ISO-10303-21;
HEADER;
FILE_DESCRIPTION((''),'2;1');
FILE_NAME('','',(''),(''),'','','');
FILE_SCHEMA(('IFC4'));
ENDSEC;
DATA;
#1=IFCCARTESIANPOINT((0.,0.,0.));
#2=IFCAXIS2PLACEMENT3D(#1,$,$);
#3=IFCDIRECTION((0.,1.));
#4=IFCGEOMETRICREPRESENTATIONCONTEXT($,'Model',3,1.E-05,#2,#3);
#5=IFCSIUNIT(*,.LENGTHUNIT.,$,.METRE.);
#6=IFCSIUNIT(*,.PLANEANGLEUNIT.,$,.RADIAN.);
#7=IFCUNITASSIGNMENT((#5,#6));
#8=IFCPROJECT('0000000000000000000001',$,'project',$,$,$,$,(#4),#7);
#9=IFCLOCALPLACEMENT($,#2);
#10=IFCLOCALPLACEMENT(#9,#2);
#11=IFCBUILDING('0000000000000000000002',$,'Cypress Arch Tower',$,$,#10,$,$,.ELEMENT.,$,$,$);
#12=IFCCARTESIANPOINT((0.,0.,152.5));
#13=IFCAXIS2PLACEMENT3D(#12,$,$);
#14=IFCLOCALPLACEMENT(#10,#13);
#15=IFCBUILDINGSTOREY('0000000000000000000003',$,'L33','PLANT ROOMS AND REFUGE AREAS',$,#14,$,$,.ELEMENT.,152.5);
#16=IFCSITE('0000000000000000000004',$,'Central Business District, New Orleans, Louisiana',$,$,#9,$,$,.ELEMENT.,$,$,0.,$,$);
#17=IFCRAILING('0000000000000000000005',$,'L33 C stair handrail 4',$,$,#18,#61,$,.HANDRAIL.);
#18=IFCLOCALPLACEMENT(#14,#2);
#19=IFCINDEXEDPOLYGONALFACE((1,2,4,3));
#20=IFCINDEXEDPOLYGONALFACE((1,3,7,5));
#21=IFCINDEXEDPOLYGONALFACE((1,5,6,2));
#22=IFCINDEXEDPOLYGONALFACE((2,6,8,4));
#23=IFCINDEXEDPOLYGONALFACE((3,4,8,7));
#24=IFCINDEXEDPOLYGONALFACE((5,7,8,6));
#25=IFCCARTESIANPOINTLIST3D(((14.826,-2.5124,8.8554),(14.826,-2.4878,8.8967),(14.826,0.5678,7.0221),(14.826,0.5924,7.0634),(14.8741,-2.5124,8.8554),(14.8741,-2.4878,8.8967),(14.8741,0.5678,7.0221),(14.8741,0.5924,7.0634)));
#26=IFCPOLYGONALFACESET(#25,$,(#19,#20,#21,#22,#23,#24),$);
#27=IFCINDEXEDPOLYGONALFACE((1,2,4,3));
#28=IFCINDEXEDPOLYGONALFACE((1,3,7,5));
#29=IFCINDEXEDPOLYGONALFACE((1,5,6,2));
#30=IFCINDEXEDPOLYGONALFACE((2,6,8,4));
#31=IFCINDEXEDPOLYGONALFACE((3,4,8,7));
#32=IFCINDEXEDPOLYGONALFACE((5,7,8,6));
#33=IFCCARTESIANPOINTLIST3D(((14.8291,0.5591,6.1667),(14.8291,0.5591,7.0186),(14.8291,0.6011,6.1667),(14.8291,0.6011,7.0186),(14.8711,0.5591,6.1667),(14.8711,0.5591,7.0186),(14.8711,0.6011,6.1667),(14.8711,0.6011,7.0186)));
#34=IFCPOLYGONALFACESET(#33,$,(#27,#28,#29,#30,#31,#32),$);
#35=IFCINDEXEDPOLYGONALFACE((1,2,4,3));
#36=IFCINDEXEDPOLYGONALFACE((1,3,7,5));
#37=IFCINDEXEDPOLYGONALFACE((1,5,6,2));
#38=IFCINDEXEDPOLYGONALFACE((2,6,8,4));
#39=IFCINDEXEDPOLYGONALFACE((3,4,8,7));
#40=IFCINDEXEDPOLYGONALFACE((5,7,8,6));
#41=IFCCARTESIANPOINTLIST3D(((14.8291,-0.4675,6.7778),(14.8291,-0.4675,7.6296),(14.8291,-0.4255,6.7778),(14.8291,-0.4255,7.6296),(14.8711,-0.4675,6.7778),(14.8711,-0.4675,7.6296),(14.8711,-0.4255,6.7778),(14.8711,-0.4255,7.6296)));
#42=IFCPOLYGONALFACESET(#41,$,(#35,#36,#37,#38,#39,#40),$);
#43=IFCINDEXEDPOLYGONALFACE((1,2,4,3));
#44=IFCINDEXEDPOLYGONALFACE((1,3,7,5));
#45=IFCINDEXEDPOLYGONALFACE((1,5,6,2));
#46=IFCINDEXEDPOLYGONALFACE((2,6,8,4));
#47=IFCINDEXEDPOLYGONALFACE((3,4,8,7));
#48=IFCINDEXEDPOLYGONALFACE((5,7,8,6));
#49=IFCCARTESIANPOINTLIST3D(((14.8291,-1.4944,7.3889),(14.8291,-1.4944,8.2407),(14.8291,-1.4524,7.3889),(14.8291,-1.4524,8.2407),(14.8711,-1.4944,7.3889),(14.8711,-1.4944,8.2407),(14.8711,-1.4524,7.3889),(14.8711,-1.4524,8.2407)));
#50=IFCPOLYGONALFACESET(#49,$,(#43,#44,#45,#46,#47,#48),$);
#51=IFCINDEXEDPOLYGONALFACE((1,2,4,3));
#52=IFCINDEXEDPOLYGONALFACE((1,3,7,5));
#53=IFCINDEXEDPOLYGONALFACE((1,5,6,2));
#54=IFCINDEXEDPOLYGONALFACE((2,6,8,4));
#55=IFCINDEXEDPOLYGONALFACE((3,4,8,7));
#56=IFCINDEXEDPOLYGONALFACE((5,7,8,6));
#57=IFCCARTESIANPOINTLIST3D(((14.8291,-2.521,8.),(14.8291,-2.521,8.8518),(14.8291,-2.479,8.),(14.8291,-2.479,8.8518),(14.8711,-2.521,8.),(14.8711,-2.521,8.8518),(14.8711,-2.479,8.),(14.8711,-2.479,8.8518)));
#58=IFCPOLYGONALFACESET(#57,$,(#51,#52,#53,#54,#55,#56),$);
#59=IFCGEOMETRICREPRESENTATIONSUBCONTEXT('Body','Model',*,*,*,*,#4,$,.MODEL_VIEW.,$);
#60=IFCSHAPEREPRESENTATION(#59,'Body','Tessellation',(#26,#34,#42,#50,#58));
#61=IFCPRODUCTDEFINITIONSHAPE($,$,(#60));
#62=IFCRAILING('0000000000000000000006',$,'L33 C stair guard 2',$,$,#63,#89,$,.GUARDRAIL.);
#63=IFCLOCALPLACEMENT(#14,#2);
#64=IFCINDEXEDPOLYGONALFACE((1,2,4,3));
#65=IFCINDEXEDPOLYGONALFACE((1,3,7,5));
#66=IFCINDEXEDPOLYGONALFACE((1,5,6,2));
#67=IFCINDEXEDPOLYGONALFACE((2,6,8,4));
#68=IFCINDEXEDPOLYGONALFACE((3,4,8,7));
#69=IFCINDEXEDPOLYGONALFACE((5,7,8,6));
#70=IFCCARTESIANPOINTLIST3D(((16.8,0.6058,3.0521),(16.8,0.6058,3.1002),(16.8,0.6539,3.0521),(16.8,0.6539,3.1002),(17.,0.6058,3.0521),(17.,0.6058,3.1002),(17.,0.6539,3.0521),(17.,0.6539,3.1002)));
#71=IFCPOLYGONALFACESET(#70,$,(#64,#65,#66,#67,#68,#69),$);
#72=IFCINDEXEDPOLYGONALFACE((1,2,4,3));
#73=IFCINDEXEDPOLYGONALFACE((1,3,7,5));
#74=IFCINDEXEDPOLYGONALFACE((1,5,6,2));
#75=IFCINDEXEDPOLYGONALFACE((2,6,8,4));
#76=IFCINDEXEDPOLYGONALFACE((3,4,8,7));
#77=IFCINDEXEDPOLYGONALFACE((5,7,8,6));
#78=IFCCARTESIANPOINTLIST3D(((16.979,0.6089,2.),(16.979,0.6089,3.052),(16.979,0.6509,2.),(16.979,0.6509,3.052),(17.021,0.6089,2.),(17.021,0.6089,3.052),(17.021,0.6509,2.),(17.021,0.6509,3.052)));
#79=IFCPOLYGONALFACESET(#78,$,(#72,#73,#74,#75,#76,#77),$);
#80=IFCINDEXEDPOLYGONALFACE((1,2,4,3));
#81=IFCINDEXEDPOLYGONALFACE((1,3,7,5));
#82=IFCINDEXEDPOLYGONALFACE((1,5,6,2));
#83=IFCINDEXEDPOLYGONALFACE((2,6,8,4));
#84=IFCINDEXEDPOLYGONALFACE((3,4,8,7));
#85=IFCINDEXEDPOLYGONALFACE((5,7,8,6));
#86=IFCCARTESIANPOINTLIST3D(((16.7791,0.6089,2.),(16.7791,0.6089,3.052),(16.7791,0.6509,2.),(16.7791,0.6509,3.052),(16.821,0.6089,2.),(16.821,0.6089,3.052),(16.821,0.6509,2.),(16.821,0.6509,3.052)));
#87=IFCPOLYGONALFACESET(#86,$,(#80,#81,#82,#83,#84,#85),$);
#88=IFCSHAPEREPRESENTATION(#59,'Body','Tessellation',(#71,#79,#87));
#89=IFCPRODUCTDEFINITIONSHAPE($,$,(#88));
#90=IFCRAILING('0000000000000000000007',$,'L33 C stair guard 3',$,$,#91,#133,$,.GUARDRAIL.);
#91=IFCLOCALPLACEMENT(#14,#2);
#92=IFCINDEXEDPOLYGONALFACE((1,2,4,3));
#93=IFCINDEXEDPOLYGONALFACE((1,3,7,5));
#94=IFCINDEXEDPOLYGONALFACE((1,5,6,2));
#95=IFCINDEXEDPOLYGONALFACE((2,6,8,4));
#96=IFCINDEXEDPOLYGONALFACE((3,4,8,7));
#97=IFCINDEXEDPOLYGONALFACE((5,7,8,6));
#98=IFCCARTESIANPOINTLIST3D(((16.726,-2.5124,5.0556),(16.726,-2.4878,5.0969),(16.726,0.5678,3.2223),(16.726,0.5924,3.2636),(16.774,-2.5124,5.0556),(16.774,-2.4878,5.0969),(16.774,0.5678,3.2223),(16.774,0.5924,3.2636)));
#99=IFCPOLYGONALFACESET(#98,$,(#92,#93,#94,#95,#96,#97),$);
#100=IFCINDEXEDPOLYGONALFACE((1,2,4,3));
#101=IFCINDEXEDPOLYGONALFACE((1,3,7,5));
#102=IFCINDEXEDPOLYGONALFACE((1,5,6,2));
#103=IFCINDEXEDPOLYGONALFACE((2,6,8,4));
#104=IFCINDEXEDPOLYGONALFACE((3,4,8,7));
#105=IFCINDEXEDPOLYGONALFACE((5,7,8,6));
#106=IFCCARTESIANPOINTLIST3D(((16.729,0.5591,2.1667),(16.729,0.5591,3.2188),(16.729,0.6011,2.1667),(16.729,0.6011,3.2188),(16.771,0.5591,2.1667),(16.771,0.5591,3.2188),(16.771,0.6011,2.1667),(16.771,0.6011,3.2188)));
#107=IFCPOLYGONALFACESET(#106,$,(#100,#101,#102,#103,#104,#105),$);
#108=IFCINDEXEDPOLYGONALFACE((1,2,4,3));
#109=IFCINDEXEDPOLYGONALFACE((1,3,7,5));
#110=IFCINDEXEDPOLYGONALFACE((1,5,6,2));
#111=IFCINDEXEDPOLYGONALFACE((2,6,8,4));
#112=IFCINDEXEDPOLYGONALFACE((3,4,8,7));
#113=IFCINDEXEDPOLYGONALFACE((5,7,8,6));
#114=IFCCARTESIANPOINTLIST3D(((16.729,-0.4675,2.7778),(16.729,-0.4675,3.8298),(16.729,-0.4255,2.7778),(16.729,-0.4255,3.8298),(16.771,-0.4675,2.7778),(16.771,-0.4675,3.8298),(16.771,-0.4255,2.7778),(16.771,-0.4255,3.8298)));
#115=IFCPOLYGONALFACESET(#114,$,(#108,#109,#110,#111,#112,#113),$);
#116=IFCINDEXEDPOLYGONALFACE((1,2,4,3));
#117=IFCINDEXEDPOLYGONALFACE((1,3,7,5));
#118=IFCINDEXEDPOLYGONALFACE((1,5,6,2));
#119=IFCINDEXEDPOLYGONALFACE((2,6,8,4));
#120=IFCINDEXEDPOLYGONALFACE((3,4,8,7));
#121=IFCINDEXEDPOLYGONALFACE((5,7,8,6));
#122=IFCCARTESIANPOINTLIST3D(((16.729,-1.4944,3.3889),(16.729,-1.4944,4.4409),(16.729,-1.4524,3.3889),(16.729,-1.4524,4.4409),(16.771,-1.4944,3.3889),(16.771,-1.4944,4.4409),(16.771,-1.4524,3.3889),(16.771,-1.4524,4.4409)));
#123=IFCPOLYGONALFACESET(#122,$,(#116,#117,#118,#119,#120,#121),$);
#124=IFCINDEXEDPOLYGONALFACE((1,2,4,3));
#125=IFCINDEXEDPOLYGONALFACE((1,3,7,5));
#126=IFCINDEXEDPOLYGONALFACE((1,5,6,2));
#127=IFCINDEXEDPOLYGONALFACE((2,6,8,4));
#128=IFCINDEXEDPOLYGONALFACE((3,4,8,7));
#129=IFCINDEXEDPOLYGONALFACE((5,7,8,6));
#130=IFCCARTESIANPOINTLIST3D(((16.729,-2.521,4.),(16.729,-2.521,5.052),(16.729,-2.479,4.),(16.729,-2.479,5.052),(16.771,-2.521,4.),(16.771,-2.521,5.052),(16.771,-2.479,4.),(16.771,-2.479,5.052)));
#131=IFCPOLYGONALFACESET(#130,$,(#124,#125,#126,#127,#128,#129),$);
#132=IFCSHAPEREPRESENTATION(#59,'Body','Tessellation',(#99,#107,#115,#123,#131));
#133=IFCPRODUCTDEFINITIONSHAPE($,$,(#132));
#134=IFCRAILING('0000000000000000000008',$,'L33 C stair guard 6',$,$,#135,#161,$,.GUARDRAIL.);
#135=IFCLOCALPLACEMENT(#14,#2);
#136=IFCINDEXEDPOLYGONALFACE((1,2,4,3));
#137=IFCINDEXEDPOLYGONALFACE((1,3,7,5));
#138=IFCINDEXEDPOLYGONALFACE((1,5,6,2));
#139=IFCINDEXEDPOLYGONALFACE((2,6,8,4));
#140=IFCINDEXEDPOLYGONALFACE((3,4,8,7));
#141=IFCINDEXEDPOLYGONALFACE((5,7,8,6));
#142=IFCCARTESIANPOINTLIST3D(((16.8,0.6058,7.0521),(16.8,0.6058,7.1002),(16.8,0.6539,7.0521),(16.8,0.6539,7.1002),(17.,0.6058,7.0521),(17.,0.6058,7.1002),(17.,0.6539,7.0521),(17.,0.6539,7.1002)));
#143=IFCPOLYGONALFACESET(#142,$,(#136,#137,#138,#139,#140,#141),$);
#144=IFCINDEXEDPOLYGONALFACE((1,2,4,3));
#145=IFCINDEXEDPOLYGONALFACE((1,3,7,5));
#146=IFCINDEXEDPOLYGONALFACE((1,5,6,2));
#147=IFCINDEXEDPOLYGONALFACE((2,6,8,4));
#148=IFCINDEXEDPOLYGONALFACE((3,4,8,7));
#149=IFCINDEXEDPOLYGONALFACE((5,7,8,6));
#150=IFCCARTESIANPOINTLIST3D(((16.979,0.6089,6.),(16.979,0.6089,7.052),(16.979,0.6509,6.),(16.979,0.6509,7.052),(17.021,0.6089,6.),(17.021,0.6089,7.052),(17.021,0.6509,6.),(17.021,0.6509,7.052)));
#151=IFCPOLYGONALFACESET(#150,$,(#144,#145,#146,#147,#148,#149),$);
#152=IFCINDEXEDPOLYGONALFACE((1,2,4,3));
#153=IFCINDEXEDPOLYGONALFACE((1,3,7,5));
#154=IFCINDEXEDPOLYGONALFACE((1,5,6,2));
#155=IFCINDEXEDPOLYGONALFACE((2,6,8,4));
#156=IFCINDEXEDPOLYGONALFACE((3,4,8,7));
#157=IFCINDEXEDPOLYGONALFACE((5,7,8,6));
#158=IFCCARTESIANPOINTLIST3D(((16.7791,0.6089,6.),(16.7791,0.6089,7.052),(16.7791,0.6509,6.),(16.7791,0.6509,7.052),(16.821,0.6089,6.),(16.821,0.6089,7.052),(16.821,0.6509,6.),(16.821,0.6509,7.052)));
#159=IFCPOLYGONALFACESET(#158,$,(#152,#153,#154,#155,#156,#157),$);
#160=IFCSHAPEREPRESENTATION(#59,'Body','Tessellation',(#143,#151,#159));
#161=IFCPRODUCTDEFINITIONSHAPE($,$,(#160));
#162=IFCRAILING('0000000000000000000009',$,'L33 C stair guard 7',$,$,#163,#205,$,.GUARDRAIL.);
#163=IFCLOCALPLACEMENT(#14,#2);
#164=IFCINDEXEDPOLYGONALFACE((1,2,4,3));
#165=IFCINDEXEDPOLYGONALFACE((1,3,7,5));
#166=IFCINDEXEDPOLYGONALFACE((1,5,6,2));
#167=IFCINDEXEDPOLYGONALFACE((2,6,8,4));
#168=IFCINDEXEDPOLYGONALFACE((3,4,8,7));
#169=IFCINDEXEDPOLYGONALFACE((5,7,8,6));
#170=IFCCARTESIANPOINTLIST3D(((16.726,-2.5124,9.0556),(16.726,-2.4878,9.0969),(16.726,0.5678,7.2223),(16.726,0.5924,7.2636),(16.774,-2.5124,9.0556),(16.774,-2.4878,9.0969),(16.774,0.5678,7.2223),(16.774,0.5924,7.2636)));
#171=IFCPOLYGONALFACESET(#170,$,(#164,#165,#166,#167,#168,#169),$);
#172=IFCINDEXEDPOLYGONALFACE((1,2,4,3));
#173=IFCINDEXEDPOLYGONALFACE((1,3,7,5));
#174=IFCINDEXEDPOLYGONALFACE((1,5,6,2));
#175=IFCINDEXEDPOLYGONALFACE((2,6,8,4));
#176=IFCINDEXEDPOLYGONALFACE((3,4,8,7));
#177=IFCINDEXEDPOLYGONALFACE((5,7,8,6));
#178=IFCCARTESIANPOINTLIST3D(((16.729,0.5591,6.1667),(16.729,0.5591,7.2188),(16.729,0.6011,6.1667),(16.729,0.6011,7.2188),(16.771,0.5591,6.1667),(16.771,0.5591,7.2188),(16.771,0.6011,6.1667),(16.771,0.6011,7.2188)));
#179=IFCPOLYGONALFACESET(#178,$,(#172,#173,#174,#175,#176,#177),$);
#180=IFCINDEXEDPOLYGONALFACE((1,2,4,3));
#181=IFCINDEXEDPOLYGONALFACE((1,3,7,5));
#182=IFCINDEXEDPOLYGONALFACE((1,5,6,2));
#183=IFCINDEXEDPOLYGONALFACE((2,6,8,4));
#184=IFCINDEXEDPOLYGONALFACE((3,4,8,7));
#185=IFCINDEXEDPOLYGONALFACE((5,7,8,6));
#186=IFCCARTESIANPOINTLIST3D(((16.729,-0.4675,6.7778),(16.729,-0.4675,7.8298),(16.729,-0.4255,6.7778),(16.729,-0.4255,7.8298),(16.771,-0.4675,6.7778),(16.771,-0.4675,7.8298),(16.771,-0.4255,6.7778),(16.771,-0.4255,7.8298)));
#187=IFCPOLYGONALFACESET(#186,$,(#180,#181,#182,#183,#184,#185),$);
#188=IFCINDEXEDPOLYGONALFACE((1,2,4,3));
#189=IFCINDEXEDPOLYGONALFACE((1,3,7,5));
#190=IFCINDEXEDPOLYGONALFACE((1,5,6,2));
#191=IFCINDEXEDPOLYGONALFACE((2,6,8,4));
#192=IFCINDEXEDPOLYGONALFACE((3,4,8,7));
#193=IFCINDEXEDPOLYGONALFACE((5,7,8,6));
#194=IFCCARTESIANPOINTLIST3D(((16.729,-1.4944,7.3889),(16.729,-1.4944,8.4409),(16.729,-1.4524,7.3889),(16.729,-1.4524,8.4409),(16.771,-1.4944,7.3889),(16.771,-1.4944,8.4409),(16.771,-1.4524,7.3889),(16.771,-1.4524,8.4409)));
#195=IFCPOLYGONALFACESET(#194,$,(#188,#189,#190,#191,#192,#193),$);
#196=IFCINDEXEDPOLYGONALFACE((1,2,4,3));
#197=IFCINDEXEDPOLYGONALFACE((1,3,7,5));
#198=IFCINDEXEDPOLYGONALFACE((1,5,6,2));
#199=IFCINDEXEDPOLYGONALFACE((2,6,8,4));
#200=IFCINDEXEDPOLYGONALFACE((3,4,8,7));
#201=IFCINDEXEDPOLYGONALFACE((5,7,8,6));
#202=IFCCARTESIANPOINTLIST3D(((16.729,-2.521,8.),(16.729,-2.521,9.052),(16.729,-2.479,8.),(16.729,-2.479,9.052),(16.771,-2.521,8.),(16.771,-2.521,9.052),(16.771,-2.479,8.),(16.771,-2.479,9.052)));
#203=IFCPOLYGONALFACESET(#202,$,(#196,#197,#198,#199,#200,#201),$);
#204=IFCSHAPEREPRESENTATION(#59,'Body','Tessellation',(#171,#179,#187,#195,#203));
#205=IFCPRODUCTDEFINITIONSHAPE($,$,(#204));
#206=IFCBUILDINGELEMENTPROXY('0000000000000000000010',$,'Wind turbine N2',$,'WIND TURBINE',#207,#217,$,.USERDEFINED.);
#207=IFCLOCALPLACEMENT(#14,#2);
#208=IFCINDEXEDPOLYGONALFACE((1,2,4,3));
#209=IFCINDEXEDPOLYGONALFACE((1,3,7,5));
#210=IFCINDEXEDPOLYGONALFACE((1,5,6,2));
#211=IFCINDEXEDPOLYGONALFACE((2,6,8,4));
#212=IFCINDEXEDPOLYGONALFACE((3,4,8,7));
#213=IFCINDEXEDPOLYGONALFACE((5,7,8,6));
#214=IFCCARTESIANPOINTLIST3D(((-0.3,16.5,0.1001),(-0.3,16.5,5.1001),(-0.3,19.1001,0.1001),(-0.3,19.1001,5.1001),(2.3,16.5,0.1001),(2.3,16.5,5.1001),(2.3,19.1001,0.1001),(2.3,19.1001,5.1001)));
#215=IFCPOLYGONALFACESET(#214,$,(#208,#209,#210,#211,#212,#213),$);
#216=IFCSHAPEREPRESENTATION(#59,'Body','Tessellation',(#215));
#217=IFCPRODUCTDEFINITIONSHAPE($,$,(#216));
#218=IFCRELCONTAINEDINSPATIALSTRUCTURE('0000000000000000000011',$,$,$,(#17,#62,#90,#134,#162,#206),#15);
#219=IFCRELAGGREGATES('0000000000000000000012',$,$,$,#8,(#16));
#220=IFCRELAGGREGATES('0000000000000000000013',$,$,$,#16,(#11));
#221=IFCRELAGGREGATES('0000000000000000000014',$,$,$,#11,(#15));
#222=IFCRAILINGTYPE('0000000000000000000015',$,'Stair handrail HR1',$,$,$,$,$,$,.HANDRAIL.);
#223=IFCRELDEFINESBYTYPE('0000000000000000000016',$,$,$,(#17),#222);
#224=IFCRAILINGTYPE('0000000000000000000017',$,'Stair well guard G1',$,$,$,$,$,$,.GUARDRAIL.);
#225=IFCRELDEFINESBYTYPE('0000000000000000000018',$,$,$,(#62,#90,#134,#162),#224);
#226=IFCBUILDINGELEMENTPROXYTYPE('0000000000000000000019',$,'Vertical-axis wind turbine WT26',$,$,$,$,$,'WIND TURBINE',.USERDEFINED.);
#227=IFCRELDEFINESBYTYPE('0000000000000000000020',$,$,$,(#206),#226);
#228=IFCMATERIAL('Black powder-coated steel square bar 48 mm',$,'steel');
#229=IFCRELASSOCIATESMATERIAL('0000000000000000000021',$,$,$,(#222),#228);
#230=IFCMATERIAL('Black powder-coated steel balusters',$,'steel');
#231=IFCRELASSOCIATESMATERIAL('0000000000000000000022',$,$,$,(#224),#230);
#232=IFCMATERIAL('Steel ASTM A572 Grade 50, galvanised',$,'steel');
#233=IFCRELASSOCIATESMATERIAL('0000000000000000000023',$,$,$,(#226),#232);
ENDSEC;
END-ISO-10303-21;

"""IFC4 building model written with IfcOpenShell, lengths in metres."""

from ifc_helpers import new_model, si_unit, direction, frame, origin, origin_2d, place, context, subcontext, project, spatial, rectangle, extrude, material, type_object, element, save


model = new_model("IFC4")

# Units and contexts
model_context = context("Model", 3, precision=1e-05, world=origin(), true_north=direction((0.0, 1.0)))
body_context = subcontext(model_context, "Body", "Model", "MODEL_VIEW")
ifc_project = project(units=[si_unit("LENGTHUNIT", "METRE"), si_unit("PLANEANGLEUNIT", "RADIAN")], contexts=[model_context])

# Site, building, storey
site_placement = place(None, origin())
site = spatial("IfcSite", under=ifc_project, at=site_placement, Name="Central Business District, New Orleans, Louisiana", CompositionType="ELEMENT", RefElevation=0.0)
building_placement = place(site_placement, origin())
building = spatial("IfcBuilding", under=site, at=building_placement, Name="Cypress Arch Tower", CompositionType="ELEMENT")
storey_placement = place(building_placement, frame((0.0, 0.0, 152.5)))
storey = spatial("IfcBuildingStorey", under=building, at=storey_placement, Name="L33", Description="PLANT ROOMS AND REFUGE AREAS", CompositionType="ELEMENT", Elevation=152.5)

# Railings
ifc_material_1 = material(Name="Black powder-coated steel square bar 48 mm", Category="steel")
railing_type_1 = type_object("IfcRailingType", Name="Stair handrail HR1", PredefinedType="HANDRAIL", material=ifc_material_1)
for number, where, name in (
    (1, (14.8501, 0.5801, 6.1667), "L33 C stair handrail 4"),
):
    element("IfcRailing", number, at=place(storey_placement, frame(where)), inside=storey, type_object=railing_type_1, Name=name, PredefinedType="HANDRAIL", context=body_context, shape_type="SweptSolid", body=[
        extrude(rectangle(XDim=0.0481, YDim=0.0481, at=origin_2d()), frame((0.0, 0.0, 0.876), z_axis=(0.0, -0.859309, 0.511458), x_axis=(1.0, 0.0, 0.0)), (0.0, 0.0, 1.0), 3.5845),
        extrude(rectangle(XDim=0.042, YDim=0.042, at=origin_2d()), origin(), (0.0, 0.0, 1.0), 0.8518),
        extrude(rectangle(XDim=0.042, YDim=0.042, at=origin_2d()), frame((0.0, -1.0266, 0.6111)), (0.0, 0.0, 1.0), 0.8518),
        extrude(rectangle(XDim=0.042, YDim=0.042, at=origin_2d()), frame((0.0, -2.0535, 1.2222)), (0.0, 0.0, 1.0), 0.8518),
        extrude(rectangle(XDim=0.042, YDim=0.042, at=origin_2d()), frame((0.0, -3.0801, 1.8333)), (0.0, 0.0, 1.0), 0.8518),
    ])
ifc_material_2 = material(Name="Black powder-coated steel balusters", Category="steel")
railing_type_2 = type_object("IfcRailingType", Name="Stair well guard G1", PredefinedType="GUARDRAIL", material=ifc_material_2)
railing_1_placement = place(storey_placement, frame((17.0, 0.6299, 2.0)))
element("IfcRailing", 2, at=railing_1_placement, inside=storey, type_object=railing_type_2, Name="L33 C stair guard 2", PredefinedType="GUARDRAIL", context=body_context, shape_type="SweptSolid", body=[
    extrude(rectangle(XDim=0.0481, YDim=0.0481, at=origin_2d()), frame((0.0, 0.0, 1.0762), z_axis=(-1.0, 0.0, 0.0), x_axis=(0.0, -1.0, 0.0)), (0.0, 0.0, 1.0), 0.2),
    extrude(rectangle(XDim=0.042, YDim=0.042, at=origin_2d()), origin(), (0.0, 0.0, 1.0), 1.052),
    extrude(rectangle(XDim=0.042, YDim=0.042, at=origin_2d()), frame((-0.2, 0.0, 0.0)), (0.0, 0.0, 1.0), 1.052),
])
railing_2_placement = place(storey_placement, frame((16.75, 0.5801, 2.1667)))
element("IfcRailing", 3, at=railing_2_placement, inside=storey, type_object=railing_type_2, Name="L33 C stair guard 3", PredefinedType="GUARDRAIL", context=body_context, shape_type="SweptSolid", body=[
    extrude(rectangle(XDim=0.0481, YDim=0.0481, at=origin_2d()), frame((0.0, 0.0, 1.0762), z_axis=(0.0, -0.859309, 0.511458), x_axis=(1.0, 0.0, 0.0)), (0.0, 0.0, 1.0), 3.5845),
    extrude(rectangle(XDim=0.042, YDim=0.042, at=origin_2d()), origin(), (0.0, 0.0, 1.0), 1.052),
    extrude(rectangle(XDim=0.042, YDim=0.042, at=origin_2d()), frame((0.0, -1.0266, 0.6111)), (0.0, 0.0, 1.0), 1.052),
    extrude(rectangle(XDim=0.042, YDim=0.042, at=origin_2d()), frame((0.0, -2.0535, 1.2222)), (0.0, 0.0, 1.0), 1.052),
    extrude(rectangle(XDim=0.042, YDim=0.042, at=origin_2d()), frame((0.0, -3.0801, 1.8333)), (0.0, 0.0, 1.0), 1.052),
])
railing_3_placement = place(storey_placement, frame((17.0, 0.6299, 6.0)))
element("IfcRailing", 4, at=railing_3_placement, inside=storey, type_object=railing_type_2, Name="L33 C stair guard 6", PredefinedType="GUARDRAIL", context=body_context, shape_type="SweptSolid", body=[
    extrude(rectangle(XDim=0.0481, YDim=0.0481, at=origin_2d()), frame((0.0, 0.0, 1.0762), z_axis=(-1.0, 0.0, 0.0), x_axis=(0.0, -1.0, 0.0)), (0.0, 0.0, 1.0), 0.2),
    extrude(rectangle(XDim=0.042, YDim=0.042, at=origin_2d()), origin(), (0.0, 0.0, 1.0), 1.052),
    extrude(rectangle(XDim=0.042, YDim=0.042, at=origin_2d()), frame((-0.2, 0.0, 0.0)), (0.0, 0.0, 1.0), 1.052),
])
railing_4_placement = place(storey_placement, frame((16.75, 0.5801, 6.1667)))
element("IfcRailing", 5, at=railing_4_placement, inside=storey, type_object=railing_type_2, Name="L33 C stair guard 7", PredefinedType="GUARDRAIL", context=body_context, shape_type="SweptSolid", body=[
    extrude(rectangle(XDim=0.0481, YDim=0.0481, at=origin_2d()), frame((0.0, 0.0, 1.0762), z_axis=(0.0, -0.859309, 0.511458), x_axis=(1.0, 0.0, 0.0)), (0.0, 0.0, 1.0), 3.5845),
    extrude(rectangle(XDim=0.042, YDim=0.042, at=origin_2d()), origin(), (0.0, 0.0, 1.0), 1.052),
    extrude(rectangle(XDim=0.042, YDim=0.042, at=origin_2d()), frame((0.0, -1.0266, 0.6111)), (0.0, 0.0, 1.0), 1.052),
    extrude(rectangle(XDim=0.042, YDim=0.042, at=origin_2d()), frame((0.0, -2.0535, 1.2222)), (0.0, 0.0, 1.0), 1.052),
    extrude(rectangle(XDim=0.042, YDim=0.042, at=origin_2d()), frame((0.0, -3.0801, 1.8333)), (0.0, 0.0, 1.0), 1.052),
])

# Building element proxy
ifc_material_3 = material(Name="Steel ASTM A572 Grade 50, galvanised", Category="steel")
building_element_proxy_type = type_object("IfcBuildingElementProxyType", Name="Vertical-axis wind turbine WT26", ElementType="WIND TURBINE", PredefinedType="USERDEFINED", material=ifc_material_3)
for number, where, z_axis, x_axis, name in (
    (6, (1.0, 17.8, 0.1001), (0.0, 0.0, 1.0), (1.0, 0.0, 0.0), "Wind turbine N2"),
):
    element("IfcBuildingElementProxy", number, at=place(storey_placement, frame(where, z_axis=z_axis, x_axis=x_axis)), inside=storey, type_object=building_element_proxy_type, Name=name, ObjectType="WIND TURBINE", PredefinedType="USERDEFINED", context=body_context, shape_type="SweptSolid", body=[
        extrude(rectangle(XDim=2.6001, YDim=2.6001, at=origin_2d()), origin(), (0.0, 0.0, 1.0), 5.0),
    ])

save(model, "model.ifc")
